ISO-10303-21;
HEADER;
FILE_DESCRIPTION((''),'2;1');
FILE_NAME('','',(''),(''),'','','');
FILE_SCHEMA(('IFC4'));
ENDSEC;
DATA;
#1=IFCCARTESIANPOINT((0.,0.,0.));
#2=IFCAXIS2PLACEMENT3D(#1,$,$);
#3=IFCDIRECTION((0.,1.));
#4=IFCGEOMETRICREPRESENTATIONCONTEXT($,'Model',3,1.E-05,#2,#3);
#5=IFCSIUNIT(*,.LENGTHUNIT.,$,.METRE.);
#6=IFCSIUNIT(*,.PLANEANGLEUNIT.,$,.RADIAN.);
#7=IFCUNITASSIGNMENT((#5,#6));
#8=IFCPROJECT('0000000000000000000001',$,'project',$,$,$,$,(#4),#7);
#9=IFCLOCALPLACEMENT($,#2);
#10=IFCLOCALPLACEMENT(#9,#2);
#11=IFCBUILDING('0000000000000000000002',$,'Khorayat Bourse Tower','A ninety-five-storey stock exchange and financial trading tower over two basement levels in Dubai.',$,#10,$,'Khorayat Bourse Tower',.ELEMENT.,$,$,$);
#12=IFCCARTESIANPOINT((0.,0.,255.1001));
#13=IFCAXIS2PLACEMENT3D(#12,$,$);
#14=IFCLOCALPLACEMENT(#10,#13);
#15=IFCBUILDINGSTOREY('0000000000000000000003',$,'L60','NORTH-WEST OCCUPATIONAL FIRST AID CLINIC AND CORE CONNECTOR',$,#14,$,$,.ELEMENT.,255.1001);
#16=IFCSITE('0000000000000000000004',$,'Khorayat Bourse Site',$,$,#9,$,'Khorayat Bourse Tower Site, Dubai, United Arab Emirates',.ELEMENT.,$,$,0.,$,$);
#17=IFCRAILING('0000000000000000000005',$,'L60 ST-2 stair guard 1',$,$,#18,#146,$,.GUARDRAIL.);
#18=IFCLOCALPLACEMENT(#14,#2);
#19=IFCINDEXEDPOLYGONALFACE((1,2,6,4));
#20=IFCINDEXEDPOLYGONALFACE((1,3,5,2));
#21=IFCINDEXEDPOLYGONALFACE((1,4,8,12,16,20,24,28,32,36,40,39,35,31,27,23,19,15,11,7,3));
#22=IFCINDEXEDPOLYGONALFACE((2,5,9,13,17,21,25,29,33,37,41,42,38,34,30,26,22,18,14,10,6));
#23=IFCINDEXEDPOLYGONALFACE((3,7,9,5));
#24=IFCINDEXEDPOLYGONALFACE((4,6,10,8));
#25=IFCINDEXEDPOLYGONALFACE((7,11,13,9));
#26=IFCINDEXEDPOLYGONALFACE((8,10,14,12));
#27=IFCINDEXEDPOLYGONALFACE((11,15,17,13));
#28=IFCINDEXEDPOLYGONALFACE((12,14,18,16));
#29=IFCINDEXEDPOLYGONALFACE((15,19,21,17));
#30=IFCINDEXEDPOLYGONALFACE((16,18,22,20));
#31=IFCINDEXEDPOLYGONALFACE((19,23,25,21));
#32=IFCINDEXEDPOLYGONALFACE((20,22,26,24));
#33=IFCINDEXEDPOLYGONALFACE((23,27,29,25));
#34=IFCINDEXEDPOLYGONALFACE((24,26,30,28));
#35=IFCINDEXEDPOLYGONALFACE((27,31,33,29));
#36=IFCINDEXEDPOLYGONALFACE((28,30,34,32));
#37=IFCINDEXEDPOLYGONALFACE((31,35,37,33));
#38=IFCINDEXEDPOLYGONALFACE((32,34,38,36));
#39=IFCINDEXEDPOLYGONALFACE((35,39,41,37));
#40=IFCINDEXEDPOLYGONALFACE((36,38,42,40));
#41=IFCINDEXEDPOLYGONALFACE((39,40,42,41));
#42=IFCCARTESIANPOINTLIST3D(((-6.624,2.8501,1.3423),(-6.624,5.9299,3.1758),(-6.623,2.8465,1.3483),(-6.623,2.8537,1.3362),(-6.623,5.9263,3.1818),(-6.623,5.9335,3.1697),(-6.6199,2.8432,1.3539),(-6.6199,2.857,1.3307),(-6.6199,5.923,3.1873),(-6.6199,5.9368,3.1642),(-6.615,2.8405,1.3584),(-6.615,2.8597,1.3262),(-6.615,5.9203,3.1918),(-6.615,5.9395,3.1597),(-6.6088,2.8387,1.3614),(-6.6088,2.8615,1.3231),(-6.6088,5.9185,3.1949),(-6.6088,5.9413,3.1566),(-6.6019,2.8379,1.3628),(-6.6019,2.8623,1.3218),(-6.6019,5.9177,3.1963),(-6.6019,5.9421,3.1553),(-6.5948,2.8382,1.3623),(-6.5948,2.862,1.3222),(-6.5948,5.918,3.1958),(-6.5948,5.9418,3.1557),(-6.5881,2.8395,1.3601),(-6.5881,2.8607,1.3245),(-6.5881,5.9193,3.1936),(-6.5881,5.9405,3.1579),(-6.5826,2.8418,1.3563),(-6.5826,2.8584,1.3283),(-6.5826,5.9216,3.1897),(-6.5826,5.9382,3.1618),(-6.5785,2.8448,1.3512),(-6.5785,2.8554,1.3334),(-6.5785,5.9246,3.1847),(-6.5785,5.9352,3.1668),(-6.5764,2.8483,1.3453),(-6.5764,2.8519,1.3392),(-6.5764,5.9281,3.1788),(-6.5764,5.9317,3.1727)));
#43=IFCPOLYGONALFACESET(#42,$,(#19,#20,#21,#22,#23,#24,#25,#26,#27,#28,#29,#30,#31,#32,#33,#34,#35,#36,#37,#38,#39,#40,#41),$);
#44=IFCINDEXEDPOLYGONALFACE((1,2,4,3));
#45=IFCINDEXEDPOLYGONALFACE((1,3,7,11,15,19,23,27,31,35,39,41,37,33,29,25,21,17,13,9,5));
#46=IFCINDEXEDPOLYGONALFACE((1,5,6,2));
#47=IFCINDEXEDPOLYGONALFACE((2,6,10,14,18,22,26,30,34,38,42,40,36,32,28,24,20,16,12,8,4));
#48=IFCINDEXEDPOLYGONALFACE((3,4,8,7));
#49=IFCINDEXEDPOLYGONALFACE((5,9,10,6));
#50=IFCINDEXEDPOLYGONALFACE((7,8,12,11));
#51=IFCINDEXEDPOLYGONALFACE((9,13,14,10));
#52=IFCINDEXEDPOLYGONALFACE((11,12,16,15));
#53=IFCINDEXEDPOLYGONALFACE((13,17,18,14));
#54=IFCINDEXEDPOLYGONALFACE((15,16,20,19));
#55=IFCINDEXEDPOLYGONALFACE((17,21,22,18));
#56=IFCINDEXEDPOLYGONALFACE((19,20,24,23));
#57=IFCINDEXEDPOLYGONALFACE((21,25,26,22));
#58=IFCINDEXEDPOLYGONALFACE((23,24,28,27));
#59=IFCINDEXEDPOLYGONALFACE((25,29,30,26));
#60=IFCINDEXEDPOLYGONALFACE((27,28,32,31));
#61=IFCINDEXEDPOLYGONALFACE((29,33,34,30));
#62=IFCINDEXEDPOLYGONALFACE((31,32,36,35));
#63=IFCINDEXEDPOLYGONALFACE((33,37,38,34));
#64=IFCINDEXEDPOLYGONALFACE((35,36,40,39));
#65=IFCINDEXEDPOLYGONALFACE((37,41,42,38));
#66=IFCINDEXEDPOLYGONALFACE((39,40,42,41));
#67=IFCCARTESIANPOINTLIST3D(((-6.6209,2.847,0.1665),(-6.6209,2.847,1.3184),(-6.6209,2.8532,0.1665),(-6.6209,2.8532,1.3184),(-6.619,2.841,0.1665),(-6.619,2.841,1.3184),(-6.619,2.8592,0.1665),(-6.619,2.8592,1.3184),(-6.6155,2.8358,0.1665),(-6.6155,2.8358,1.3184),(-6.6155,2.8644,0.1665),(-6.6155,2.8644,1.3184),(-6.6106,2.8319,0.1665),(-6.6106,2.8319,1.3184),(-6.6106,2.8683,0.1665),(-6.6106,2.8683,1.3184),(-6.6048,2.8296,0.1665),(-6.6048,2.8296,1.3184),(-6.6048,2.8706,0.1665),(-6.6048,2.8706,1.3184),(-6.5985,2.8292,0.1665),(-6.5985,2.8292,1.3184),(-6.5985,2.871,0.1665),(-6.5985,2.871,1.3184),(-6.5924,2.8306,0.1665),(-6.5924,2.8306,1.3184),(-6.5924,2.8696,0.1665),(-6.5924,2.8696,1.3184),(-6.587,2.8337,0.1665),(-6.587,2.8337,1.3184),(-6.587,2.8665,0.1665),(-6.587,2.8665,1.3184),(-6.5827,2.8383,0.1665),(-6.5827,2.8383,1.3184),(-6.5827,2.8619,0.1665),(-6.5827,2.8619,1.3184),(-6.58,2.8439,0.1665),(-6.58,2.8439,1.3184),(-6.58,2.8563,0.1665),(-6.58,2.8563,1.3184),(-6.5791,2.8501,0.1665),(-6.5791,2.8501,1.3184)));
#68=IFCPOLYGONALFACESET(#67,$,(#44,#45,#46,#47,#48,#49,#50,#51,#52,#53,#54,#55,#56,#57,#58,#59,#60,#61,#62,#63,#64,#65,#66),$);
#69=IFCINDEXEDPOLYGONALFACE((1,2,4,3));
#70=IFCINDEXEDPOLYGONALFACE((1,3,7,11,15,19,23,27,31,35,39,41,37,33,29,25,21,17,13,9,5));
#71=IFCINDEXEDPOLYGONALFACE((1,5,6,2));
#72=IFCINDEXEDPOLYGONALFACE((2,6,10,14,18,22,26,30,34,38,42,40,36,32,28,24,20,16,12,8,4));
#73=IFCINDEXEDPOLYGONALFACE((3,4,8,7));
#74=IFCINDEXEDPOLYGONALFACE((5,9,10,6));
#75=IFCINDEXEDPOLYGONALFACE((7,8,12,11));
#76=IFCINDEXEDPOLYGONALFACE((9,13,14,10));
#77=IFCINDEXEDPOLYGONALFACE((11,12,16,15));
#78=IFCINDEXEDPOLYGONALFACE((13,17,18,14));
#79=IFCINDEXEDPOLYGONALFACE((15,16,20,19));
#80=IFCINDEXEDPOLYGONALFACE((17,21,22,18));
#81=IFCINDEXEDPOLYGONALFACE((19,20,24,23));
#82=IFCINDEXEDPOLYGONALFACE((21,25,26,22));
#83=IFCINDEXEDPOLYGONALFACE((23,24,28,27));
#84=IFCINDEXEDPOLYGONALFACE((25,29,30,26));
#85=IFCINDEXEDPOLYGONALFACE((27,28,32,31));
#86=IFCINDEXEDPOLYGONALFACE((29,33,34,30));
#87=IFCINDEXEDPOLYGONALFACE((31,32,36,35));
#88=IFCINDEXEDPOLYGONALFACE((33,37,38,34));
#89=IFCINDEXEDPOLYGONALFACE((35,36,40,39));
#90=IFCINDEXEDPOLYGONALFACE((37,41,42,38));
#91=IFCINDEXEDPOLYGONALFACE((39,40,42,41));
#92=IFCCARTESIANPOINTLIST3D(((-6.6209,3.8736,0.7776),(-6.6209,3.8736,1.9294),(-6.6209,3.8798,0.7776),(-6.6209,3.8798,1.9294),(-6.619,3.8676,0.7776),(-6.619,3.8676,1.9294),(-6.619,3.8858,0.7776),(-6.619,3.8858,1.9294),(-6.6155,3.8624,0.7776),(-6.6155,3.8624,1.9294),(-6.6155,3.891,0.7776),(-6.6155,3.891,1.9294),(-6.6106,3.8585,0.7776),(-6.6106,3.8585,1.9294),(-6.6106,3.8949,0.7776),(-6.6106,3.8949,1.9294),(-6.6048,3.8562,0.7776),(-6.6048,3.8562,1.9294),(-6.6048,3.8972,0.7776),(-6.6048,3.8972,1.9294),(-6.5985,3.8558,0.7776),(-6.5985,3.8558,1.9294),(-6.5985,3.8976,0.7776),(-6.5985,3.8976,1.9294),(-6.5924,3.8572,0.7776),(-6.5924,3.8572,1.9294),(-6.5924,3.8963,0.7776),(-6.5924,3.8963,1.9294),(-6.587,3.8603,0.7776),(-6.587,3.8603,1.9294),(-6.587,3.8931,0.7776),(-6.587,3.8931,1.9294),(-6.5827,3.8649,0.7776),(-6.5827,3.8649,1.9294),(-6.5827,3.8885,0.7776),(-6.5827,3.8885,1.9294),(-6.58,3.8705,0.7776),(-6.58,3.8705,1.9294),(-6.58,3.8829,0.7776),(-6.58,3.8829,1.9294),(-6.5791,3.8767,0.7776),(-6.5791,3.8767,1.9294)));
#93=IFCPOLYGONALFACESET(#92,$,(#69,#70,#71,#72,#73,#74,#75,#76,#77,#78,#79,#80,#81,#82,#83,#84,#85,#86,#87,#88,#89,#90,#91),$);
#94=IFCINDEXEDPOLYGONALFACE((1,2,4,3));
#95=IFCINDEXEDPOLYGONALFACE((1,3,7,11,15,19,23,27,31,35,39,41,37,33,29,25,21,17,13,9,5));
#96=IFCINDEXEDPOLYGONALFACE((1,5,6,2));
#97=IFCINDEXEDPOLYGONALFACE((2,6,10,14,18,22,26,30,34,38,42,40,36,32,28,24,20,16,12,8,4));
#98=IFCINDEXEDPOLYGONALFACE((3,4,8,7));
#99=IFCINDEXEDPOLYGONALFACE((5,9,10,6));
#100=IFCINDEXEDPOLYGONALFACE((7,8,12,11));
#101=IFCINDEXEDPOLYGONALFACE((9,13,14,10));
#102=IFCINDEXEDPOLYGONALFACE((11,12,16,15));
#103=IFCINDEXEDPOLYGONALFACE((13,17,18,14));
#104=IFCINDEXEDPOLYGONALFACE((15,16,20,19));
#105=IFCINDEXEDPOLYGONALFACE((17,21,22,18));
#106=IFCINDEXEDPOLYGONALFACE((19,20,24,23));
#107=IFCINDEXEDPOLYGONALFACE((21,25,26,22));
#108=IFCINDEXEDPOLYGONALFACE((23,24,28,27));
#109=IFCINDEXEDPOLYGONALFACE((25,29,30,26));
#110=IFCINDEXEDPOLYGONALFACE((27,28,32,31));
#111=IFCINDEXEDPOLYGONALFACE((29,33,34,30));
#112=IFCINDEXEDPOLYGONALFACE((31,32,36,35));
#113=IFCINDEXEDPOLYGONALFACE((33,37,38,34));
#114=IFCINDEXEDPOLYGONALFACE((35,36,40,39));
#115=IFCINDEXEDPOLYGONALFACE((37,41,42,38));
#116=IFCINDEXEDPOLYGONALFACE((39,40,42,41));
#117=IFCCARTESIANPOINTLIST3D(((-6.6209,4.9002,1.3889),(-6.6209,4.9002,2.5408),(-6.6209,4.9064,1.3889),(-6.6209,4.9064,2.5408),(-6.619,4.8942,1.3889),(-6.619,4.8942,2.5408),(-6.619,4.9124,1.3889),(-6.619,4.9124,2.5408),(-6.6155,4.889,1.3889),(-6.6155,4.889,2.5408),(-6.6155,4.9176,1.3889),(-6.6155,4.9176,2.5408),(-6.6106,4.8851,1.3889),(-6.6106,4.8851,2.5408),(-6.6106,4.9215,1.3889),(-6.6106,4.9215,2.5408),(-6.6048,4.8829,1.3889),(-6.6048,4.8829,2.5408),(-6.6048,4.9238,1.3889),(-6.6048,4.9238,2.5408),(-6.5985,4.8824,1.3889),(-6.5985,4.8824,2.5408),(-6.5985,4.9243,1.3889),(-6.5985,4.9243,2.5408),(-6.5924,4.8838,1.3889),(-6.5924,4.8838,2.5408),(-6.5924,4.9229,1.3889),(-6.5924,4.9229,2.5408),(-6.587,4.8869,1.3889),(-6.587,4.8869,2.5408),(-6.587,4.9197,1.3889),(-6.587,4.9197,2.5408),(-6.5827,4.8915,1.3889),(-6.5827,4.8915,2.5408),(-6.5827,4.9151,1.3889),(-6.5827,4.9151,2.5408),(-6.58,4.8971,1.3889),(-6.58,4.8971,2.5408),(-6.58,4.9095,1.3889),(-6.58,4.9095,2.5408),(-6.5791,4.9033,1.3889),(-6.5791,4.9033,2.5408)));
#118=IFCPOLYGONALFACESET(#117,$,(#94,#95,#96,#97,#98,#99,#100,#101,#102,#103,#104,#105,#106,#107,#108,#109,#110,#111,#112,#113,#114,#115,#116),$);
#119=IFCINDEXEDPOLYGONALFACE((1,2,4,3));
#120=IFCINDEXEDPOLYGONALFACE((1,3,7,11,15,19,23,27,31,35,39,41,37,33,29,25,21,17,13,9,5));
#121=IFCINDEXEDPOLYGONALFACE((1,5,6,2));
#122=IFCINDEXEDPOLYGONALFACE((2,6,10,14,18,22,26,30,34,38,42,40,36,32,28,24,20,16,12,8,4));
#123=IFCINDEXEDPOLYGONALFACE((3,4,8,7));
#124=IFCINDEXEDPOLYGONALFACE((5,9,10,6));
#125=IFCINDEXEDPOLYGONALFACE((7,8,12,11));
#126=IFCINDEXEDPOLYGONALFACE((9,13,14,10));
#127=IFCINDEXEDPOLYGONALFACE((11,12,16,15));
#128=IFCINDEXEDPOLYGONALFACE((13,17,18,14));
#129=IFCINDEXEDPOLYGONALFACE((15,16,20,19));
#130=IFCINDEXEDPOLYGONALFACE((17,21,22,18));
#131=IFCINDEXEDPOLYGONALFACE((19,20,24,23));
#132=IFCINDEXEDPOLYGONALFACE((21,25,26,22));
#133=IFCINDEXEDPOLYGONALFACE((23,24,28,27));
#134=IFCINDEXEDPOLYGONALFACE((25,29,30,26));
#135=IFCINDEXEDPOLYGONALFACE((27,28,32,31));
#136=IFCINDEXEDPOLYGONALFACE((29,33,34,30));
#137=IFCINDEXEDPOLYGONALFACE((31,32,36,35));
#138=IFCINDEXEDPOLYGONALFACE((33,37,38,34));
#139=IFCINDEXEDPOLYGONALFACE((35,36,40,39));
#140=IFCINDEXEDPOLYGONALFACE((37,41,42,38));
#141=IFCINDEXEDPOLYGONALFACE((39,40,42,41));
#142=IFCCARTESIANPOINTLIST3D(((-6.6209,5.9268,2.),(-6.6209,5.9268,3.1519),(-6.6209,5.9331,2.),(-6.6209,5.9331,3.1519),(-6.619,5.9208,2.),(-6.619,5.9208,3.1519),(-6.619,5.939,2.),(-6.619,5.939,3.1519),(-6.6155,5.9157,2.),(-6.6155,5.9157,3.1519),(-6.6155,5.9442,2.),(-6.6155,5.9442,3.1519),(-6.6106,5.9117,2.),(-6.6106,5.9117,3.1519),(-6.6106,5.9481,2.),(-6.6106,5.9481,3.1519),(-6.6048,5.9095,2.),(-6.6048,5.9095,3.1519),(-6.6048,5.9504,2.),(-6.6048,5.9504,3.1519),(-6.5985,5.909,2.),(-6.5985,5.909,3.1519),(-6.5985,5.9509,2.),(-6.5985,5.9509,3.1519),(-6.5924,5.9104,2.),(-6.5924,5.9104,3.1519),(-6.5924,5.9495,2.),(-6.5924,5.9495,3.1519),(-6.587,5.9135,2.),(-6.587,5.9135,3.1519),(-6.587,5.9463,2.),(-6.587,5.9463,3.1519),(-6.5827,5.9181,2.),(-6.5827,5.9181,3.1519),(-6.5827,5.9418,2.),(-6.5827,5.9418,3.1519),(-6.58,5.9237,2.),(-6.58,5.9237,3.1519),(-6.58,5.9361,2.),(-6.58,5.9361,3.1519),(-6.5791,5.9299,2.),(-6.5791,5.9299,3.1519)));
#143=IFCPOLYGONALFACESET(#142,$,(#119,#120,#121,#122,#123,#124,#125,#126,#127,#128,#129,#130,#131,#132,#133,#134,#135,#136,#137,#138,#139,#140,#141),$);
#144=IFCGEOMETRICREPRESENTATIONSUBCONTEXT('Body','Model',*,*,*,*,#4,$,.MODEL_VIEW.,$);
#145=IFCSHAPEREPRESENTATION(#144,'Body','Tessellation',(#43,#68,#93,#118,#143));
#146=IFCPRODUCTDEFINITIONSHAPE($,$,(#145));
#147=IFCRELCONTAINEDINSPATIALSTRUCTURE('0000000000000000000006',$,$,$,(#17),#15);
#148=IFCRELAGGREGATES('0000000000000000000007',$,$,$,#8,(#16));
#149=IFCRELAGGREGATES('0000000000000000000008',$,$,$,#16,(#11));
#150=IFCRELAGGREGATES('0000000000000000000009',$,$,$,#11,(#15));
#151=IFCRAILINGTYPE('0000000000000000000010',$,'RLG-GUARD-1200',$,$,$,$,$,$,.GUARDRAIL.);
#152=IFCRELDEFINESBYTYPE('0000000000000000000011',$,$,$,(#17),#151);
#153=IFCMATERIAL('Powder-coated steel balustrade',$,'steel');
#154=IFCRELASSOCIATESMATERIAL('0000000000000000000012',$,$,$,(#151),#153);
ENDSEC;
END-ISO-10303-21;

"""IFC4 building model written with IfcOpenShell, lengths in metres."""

from ifc_helpers import new_model, si_unit, direction, frame, origin, origin_2d, place, context, subcontext, project, spatial, circle, extrude, source, transform, mapped, material, type_object, element, save


model = new_model("IFC4")

# Units and contexts
model_context = context("Model", 3, precision=1e-05, world=origin(), true_north=direction((0.0, 1.0)))
body_context = subcontext(model_context, "Body", "Model", "MODEL_VIEW")
ifc_project = project(units=[si_unit("LENGTHUNIT", "METRE"), si_unit("PLANEANGLEUNIT", "RADIAN")], contexts=[model_context])

# Site, building, storey
site_placement = place(None, origin())
site = spatial("IfcSite", under=ifc_project, at=site_placement, Name="Khorayat Bourse Site", LongName="Khorayat Bourse Tower Site, Dubai, United Arab Emirates", CompositionType="ELEMENT", RefElevation=0.0)
building_placement = place(site_placement, origin())
building = spatial("IfcBuilding", under=site, at=building_placement, Name="Khorayat Bourse Tower", Description="A ninety-five-storey stock exchange and financial trading tower over two basement levels in Dubai.", LongName="Khorayat Bourse Tower", CompositionType="ELEMENT")
storey_placement = place(building_placement, frame((0.0, 0.0, 255.1001)))
storey = spatial("IfcBuildingStorey", under=building, at=storey_placement, Name="L60", Description="NORTH-WEST OCCUPATIONAL FIRST AID CLINIC AND CORE CONNECTOR", CompositionType="ELEMENT", Elevation=255.1001)

# Railing
ifc_material_1 = material(Name="Powder-coated steel balustrade", Category="steel")
railing_type_1 = type_object("IfcRailingType", Name="RLG-GUARD-1200", PredefinedType="GUARDRAIL", material=ifc_material_1)
shared_shape_1 = source(origin(), body_context, "Body", "SweptSolid", [
    extrude(circle(Radius=0.0239, at=origin_2d()), frame((0.0, 0.0, 1.1758), z_axis=(0.0, 0.859261, 0.511538), x_axis=(-1.0, 0.0, 0.0)), (0.0, 0.0, 1.0), 3.5842),
    extrude(circle(Radius=0.021, at=origin_2d()), origin(), (0.0, 0.0, 1.0), 1.1519),
    extrude(circle(Radius=0.021, at=origin_2d()), frame((0.0, 1.0266, 0.6111)), (0.0, 0.0, 1.0), 1.1519),
    extrude(circle(Radius=0.021, at=origin_2d()), frame((0.0, 2.0532, 1.2224)), (0.0, 0.0, 1.0), 1.1519),
    extrude(circle(Radius=0.021, at=origin_2d()), frame((0.0, 3.0798, 1.8335)), (0.0, 0.0, 1.0), 1.1519),
])
railing_1_placement = place(storey_placement, frame((-6.6001, 2.8501, 0.1665)))
element("IfcRailing", 1, at=railing_1_placement, inside=storey, type_object=railing_type_1, Name="L60 ST-2 stair guard 1", PredefinedType="GUARDRAIL", context=body_context, shape_type="MappedRepresentation", body=[
    mapped(shared_shape_1, transform((0.0, 0.0, 0.0), scale=1.0)),
])

save(model, "model.ifc")
